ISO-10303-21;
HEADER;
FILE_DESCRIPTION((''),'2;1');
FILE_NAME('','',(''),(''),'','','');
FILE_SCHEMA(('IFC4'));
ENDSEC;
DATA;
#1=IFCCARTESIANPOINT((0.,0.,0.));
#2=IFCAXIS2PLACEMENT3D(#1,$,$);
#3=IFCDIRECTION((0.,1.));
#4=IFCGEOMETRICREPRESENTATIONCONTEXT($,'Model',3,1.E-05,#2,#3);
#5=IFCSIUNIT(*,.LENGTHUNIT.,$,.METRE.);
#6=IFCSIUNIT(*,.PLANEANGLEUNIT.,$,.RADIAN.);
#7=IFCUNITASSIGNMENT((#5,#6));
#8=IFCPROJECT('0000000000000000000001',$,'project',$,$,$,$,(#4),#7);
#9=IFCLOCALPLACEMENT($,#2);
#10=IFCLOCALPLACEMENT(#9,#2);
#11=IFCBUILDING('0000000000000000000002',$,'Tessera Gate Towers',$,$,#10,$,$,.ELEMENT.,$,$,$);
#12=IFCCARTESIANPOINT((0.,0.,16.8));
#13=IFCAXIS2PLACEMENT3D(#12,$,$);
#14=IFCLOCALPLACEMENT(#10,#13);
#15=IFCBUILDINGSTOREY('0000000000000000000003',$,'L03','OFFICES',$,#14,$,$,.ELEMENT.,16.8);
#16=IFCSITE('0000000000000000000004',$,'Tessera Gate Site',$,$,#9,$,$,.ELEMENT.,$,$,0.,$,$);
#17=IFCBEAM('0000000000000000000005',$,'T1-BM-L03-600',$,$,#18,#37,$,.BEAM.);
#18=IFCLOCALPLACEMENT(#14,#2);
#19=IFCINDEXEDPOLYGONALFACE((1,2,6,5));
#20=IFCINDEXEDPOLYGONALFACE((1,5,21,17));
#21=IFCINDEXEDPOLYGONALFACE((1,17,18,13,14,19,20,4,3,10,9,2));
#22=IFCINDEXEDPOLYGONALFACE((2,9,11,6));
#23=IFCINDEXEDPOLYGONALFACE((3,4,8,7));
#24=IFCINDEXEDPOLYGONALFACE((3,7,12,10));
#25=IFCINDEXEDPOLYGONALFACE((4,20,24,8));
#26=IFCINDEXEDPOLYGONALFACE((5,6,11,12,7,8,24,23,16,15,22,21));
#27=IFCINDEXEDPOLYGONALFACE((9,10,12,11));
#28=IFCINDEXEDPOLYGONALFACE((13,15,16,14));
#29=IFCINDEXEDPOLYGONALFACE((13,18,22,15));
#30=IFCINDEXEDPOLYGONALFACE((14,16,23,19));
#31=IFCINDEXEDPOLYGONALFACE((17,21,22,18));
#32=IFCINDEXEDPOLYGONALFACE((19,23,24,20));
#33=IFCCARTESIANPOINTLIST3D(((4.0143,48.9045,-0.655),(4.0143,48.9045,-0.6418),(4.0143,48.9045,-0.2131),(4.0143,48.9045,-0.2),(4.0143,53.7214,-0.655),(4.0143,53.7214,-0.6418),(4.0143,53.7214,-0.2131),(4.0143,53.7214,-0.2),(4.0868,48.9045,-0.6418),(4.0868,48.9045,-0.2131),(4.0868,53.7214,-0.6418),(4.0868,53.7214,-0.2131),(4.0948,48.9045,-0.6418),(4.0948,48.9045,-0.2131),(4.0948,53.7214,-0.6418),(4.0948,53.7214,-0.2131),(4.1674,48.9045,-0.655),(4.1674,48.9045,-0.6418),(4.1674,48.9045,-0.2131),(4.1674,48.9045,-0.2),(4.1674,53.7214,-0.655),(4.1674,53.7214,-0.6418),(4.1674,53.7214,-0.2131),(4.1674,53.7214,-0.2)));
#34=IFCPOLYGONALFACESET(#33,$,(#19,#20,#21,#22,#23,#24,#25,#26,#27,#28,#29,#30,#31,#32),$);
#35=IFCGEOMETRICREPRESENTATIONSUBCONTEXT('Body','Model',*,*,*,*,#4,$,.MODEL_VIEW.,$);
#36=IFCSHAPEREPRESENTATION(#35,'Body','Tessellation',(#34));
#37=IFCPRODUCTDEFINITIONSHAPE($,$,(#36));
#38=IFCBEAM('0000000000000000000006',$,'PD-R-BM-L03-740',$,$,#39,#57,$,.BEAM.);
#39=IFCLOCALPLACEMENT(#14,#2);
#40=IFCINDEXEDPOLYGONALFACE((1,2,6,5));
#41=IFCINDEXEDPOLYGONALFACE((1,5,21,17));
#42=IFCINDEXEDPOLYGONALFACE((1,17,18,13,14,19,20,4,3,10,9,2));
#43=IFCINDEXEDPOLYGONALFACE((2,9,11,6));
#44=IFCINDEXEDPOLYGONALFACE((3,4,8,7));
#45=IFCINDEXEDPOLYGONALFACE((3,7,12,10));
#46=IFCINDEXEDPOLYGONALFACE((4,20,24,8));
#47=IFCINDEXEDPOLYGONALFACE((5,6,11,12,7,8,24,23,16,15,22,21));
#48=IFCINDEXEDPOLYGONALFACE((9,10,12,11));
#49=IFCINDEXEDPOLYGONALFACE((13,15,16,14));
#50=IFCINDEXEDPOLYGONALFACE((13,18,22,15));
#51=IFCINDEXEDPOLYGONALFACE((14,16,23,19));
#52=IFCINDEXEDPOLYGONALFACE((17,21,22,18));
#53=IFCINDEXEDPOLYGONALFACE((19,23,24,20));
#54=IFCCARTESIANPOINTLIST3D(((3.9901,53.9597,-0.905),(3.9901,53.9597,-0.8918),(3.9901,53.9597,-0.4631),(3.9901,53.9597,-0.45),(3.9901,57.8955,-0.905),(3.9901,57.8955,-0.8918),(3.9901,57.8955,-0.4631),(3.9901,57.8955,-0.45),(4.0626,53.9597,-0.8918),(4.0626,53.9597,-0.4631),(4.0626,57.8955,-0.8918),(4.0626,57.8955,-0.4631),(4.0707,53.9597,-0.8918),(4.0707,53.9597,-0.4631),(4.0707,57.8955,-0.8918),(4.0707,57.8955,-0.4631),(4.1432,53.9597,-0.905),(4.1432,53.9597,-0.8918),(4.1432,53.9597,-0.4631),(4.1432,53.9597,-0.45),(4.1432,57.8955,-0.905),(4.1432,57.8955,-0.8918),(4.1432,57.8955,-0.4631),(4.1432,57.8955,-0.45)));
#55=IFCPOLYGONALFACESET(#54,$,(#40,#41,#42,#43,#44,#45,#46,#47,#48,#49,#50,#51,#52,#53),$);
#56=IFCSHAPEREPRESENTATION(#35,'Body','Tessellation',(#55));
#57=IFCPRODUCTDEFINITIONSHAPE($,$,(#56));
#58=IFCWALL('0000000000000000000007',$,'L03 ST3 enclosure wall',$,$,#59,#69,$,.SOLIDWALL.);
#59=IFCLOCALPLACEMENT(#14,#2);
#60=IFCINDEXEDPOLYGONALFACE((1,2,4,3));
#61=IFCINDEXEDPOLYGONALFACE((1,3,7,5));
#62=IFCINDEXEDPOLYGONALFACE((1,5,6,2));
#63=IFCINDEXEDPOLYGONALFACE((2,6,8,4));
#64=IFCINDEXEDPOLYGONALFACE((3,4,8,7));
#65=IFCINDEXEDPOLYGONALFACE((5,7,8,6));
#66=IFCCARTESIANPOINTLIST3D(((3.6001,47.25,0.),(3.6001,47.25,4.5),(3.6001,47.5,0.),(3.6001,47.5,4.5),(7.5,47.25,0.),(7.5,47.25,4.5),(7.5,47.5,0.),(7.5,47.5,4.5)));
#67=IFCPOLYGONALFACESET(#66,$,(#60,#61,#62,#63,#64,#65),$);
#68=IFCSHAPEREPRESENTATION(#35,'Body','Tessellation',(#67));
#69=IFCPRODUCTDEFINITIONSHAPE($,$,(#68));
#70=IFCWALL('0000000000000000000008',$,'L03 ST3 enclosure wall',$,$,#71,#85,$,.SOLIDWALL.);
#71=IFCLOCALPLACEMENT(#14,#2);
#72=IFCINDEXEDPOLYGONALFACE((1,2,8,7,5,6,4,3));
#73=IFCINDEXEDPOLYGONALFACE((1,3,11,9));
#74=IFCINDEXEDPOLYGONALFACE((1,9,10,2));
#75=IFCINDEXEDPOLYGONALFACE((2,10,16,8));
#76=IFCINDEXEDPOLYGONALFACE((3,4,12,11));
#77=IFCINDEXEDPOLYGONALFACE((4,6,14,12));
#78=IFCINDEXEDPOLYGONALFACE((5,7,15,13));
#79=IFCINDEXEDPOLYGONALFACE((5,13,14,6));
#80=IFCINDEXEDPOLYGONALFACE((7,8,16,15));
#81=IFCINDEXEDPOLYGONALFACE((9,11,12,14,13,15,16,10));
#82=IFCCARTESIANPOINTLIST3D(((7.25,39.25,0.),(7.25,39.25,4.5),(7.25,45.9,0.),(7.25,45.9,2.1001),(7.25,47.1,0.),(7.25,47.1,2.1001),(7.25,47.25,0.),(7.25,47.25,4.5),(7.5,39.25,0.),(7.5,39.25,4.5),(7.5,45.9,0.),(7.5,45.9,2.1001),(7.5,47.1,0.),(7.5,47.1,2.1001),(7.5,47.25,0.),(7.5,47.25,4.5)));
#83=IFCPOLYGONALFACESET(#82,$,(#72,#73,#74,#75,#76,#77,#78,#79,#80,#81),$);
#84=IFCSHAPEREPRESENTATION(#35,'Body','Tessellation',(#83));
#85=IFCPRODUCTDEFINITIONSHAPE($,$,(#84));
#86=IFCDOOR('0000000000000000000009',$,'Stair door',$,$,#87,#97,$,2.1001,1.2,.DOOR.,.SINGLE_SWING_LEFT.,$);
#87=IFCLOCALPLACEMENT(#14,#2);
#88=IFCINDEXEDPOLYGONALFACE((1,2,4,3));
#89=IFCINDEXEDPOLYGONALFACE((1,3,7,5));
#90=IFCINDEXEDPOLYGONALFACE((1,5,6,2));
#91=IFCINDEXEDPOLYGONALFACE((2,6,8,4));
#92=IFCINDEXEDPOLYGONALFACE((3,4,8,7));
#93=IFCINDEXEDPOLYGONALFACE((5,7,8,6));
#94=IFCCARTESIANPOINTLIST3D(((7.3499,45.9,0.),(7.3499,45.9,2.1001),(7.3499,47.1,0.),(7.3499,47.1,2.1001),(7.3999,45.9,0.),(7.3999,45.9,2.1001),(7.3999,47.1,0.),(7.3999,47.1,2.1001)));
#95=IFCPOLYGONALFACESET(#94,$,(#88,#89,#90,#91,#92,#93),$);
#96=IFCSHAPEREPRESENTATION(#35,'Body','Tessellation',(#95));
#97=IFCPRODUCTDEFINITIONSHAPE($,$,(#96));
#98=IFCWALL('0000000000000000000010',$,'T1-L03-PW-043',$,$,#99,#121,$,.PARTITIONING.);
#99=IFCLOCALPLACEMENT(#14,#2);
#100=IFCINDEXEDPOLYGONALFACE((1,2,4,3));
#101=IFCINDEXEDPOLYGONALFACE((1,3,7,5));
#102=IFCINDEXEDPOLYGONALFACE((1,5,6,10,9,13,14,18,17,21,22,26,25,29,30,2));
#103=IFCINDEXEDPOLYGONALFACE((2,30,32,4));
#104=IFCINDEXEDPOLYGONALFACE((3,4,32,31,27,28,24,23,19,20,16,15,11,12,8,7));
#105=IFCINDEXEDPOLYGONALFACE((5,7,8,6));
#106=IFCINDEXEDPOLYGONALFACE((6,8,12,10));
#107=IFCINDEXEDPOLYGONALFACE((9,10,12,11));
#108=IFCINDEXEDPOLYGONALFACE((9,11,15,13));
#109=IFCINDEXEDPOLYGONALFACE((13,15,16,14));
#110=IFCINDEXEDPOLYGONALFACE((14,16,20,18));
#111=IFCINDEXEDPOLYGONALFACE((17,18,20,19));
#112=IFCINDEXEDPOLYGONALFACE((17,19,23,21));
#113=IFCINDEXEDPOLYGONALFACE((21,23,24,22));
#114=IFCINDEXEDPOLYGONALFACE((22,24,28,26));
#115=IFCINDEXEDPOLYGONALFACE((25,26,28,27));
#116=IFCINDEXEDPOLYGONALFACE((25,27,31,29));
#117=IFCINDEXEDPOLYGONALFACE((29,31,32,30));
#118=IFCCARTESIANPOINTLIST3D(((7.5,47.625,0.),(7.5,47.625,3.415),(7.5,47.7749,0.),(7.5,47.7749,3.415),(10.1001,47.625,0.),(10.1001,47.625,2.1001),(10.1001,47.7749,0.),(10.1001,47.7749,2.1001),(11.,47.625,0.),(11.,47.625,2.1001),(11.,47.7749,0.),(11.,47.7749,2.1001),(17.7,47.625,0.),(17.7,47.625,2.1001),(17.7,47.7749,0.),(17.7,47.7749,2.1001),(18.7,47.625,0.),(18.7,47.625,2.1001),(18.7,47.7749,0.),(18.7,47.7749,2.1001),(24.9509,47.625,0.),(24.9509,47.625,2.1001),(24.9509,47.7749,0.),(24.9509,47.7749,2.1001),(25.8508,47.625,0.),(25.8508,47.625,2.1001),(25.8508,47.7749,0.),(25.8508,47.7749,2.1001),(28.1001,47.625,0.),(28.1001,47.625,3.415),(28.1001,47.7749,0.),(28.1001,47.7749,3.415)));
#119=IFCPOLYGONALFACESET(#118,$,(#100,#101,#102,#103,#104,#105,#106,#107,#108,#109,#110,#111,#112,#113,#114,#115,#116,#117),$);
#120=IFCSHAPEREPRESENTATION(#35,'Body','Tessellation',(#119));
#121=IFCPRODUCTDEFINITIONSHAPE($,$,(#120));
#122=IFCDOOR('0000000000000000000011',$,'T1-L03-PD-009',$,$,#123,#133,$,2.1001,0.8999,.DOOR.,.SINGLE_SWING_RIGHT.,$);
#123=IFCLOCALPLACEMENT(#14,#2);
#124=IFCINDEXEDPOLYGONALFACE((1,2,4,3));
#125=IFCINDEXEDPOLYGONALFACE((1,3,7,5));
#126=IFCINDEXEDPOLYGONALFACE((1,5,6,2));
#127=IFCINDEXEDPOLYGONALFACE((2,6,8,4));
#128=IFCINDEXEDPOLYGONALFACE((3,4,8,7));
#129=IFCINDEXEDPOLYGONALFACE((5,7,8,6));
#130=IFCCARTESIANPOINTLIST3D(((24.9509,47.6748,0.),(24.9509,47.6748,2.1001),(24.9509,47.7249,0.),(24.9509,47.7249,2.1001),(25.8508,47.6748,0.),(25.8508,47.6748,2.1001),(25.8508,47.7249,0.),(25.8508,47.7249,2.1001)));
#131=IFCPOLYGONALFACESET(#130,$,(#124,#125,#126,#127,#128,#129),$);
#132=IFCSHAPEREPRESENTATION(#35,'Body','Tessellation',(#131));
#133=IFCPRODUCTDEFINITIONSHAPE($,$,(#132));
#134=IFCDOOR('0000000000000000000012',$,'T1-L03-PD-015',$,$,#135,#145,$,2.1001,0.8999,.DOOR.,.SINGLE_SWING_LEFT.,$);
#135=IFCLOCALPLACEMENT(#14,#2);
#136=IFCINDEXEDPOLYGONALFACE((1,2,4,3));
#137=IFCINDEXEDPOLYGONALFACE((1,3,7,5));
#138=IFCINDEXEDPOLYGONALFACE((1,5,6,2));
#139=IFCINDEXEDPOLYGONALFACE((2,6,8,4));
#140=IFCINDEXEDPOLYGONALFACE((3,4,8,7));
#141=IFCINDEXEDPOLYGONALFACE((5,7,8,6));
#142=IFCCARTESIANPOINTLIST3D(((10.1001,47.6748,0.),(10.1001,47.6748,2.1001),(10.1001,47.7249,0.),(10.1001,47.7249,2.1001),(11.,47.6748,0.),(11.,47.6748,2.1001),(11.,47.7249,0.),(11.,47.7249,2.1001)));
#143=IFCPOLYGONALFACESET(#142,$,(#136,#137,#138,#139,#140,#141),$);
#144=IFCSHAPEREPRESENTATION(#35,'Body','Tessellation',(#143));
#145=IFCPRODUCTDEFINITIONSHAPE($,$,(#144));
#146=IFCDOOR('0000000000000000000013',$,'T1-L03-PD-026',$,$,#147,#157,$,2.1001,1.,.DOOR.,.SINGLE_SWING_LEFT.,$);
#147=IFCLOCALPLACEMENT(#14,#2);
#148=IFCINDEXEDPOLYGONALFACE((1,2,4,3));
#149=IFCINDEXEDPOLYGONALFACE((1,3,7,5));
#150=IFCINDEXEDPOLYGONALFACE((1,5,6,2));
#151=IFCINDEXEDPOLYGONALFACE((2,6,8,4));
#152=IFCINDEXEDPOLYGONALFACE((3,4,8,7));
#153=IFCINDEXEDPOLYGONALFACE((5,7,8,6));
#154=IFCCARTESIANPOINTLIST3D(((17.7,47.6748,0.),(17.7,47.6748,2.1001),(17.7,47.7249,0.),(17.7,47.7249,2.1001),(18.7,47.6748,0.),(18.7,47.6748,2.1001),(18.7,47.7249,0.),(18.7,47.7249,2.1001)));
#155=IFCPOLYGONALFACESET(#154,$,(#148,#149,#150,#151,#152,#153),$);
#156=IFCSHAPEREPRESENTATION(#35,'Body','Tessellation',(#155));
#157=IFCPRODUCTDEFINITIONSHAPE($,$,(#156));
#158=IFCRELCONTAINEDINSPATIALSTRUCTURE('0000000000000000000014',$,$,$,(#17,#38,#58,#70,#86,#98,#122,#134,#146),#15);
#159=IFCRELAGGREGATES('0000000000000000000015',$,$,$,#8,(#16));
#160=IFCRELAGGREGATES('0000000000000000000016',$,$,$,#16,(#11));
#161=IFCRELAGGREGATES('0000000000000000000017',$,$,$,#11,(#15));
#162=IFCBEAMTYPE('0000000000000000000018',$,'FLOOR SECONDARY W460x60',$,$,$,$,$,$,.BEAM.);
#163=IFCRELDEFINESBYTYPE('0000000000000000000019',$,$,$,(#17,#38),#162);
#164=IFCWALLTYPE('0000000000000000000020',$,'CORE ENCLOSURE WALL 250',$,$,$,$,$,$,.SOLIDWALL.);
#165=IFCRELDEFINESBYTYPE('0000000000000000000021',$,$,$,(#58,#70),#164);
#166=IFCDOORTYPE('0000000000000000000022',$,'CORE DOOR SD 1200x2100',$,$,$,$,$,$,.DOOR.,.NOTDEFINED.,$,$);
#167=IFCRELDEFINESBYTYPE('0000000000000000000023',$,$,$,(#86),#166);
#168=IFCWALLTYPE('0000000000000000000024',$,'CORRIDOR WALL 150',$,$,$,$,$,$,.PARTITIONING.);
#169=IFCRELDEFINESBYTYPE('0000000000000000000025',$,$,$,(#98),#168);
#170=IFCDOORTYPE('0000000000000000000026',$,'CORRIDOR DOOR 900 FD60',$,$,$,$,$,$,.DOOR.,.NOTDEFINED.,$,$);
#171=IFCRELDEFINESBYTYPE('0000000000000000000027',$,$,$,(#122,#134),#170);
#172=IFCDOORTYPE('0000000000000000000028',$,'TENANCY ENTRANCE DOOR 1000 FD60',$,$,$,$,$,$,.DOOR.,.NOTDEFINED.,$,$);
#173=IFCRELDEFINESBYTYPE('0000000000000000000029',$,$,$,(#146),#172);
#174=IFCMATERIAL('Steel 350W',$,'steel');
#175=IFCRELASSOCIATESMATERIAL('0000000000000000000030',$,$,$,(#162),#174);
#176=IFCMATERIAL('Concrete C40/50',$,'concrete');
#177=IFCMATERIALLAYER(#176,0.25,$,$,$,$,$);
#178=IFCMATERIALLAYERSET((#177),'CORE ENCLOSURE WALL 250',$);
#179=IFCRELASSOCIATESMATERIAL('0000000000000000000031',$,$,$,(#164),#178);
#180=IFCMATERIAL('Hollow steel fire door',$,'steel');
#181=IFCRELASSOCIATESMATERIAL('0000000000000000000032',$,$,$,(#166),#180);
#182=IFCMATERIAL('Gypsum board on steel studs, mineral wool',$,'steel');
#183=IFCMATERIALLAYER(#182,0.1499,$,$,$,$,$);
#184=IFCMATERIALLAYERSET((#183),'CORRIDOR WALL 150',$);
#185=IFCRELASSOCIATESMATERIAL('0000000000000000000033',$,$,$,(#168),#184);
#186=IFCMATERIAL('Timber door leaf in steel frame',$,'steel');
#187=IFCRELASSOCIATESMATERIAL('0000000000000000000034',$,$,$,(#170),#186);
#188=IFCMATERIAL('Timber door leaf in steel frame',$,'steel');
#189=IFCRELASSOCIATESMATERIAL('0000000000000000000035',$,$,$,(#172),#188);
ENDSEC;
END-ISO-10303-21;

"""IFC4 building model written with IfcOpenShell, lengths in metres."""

from ifc_helpers import new_model, si_unit, direction, frame, frame_2d, origin, origin_2d, place, context, subcontext, project, spatial, rectangle, i_section, extrude, source, transform, mapped, material, layer, layer_set, material_profile, profile_set, type_object, element, fill, save


model = new_model("IFC4")

# Units and contexts
model_context = context("Model", 3, precision=1e-05, world=origin(), true_north=direction((0.0, 1.0)))
body_context = subcontext(model_context, "Body", "Model", "MODEL_VIEW")
ifc_project = project(units=[si_unit("LENGTHUNIT", "METRE"), si_unit("PLANEANGLEUNIT", "RADIAN")], contexts=[model_context])

# Site, building, storey
site_placement = place(None, origin())
site = spatial("IfcSite", under=ifc_project, at=site_placement, Name="Tessera Gate Site", CompositionType="ELEMENT", RefElevation=0.0)
building_placement = place(site_placement, origin())
building = spatial("IfcBuilding", under=site, at=building_placement, Name="Tessera Gate Towers", CompositionType="ELEMENT")
storey_placement = place(building_placement, frame((0.0, 0.0, 16.8)))
storey = spatial("IfcBuildingStorey", under=building, at=storey_placement, Name="L03", Description="OFFICES", CompositionType="ELEMENT", Elevation=16.8)

# Beams
ifc_material_1 = material(Name="Steel 350W", Category="steel")
ifc_material_profile_1 = material_profile(ifc_material_1, i_section(OverallWidth=0.1531, OverallDepth=0.4551, WebThickness=0.0081, FlangeThickness=0.0132, at=origin_2d()), Name="W460x60")
ifc_profile_set_1 = profile_set([ifc_material_profile_1], Name="Steel 350W")
beam_type_1 = type_object("IfcBeamType", Name="FLOOR SECONDARY W460x60", PredefinedType="BEAM", material=ifc_profile_set_1)
beam_1_placement = place(storey_placement, frame((4.0908, 48.9045, -0.4275), z_axis=(0.0, 1.0, 0.0), x_axis=(-1.0, 0.0, 0.0)))
element("IfcBeam", 1, at=beam_1_placement, inside=storey, type_object=beam_type_1, Name="T1-BM-L03-600", PredefinedType="BEAM", context=body_context, shape_type="SweptSolid", body=[
    extrude(i_section(OverallWidth=0.1531, OverallDepth=0.4551, WebThickness=0.0081, FlangeThickness=0.0132, at=origin_2d()), origin(), (0.0, 0.0, 1.0), 4.8169),
])
beam_2_placement = place(storey_placement, frame((4.0667, 53.9597, -0.6775), z_axis=(0.0, 1.0, 0.0), x_axis=(-1.0, 0.0, 0.0)))
element("IfcBeam", 2, at=beam_2_placement, inside=storey, type_object=beam_type_1, Name="PD-R-BM-L03-740", PredefinedType="BEAM", context=body_context, shape_type="SweptSolid", body=[
    extrude(i_section(OverallWidth=0.1531, OverallDepth=0.4551, WebThickness=0.0081, FlangeThickness=0.0132, at=origin_2d()), origin(), (0.0, 0.0, 1.0), 3.9358),
])

# Wall
ifc_material_2 = material(Name="Concrete C40/50", Category="concrete")
ifc_layer_1 = layer(ifc_material_2, 0.25)
ifc_layer_set_1 = layer_set([ifc_layer_1], Name="CORE ENCLOSURE WALL 250")
wall_type_1 = type_object("IfcWallType", Name="CORE ENCLOSURE WALL 250", PredefinedType="SOLIDWALL", material=ifc_layer_set_1)
wall_1_placement = place(storey_placement, frame((3.6001, 47.375, 0.0), z_axis=(0.0, 0.0, 1.0), x_axis=(1.0, 0.0, 0.0)))
element("IfcWall", 3, at=wall_1_placement, inside=storey, type_object=wall_type_1, Name="L03 ST3 enclosure wall", PredefinedType="SOLIDWALL", context=body_context, shape_type="SweptSolid", body=[
    extrude(rectangle(XDim=3.8999, YDim=0.25, at=frame_2d((1.95, 0.0))), origin(), (0.0, 0.0, 1.0), 4.5),
])

# Wall, opening, door
wall_2_placement = place(storey_placement, frame((7.375, 47.25, 0.0), z_axis=(0.0, 0.0, 1.0), x_axis=(0.0, -1.0, 0.0)))
wall_2 = element("IfcWall", 4, at=wall_2_placement, inside=storey, type_object=wall_type_1, Name="L03 ST3 enclosure wall", PredefinedType="SOLIDWALL", context=body_context, shape_type="SweptSolid", body=[
    extrude(rectangle(XDim=8.0, YDim=0.25, at=frame_2d((4.0, 0.0))), origin(), (0.0, 0.0, 1.0), 4.5),
])
shared_shape_1 = source(origin(), body_context, "Body", "SweptSolid", [
    extrude(rectangle(XDim=1.2, YDim=2.1001, at=frame_2d((0.6001, 1.05))), frame((0.0, 0.135, 0.0), z_axis=(0.0, -1.0, 0.0), x_axis=(1.0, 0.0, 0.0)), (0.0, 0.0, 1.0), 0.27),
])
opening_1_placement = place(wall_2_placement, frame((0.1499, 0.0, 0.0)))
opening_1 = element("IfcOpeningElement", 5, at=opening_1_placement, cuts=wall_2, PredefinedType="OPENING", context=body_context, shape_type="MappedRepresentation", body=[
    mapped(shared_shape_1, transform((0.0, 0.0, 0.0), scale=1.0)),
])
ifc_material_3 = material(Name="Hollow steel fire door", Category="steel")
door_type_1 = type_object("IfcDoorType", Name="CORE DOOR SD 1200x2100", OperationType="NOTDEFINED", PredefinedType="DOOR", material=ifc_material_3)
shared_shape_2 = source(origin(), body_context, "Body", "SweptSolid", [
    extrude(rectangle(XDim=1.2, YDim=2.1001, at=frame_2d((0.6001, 1.05))), frame((0.0, 0.0249, 0.0), z_axis=(0.0, -1.0, 0.0), x_axis=(1.0, 0.0, 0.0)), (0.0, 0.0, 1.0), 0.05),
])
door_1_placement = place(opening_1_placement, origin())
door_1 = element("IfcDoor", 6, at=door_1_placement, inside=storey, type_object=door_type_1, Name="Stair door", OperationType="SINGLE_SWING_LEFT", OverallHeight=2.1001, OverallWidth=1.2, PredefinedType="DOOR", context=body_context, shape_type="MappedRepresentation", body=[
    mapped(shared_shape_2, transform((0.0, 0.0, 0.0), scale=1.0)),
])
fill(opening_1, door_1)

# Wall, openings, doors
ifc_material_4 = material(Name="Gypsum board on steel studs, mineral wool", Category="steel")
ifc_layer_2 = layer(ifc_material_4, 0.1499)
ifc_layer_set_2 = layer_set([ifc_layer_2], Name="CORRIDOR WALL 150")
wall_type_2 = type_object("IfcWallType", Name="CORRIDOR WALL 150", PredefinedType="PARTITIONING", material=ifc_layer_set_2)
wall_3_placement = place(storey_placement, frame((7.5, 47.7, 0.0), z_axis=(0.0, 0.0, 1.0), x_axis=(1.0, 0.0, 0.0)))
wall_3 = element("IfcWall", 7, at=wall_3_placement, inside=storey, type_object=wall_type_2, Name="T1-L03-PW-043", PredefinedType="PARTITIONING", context=body_context, shape_type="SweptSolid", body=[
    extrude(rectangle(XDim=20.6001, YDim=0.1499, at=frame_2d((10.3, 0.0))), origin(), (0.0, 0.0, 1.0), 3.415),
])
shared_shape_3 = source(origin(), body_context, "Body", "SweptSolid", [
    extrude(rectangle(XDim=0.8999, YDim=2.1001, at=frame_2d((0.45, 1.05))), frame((0.0, 0.085, 0.0), z_axis=(0.0, -1.0, 0.0), x_axis=(1.0, 0.0, 0.0)), (0.0, 0.0, 1.0), 0.1699),
])
opening_2_placement = place(wall_3_placement, frame((17.4509, 0.0, 0.0)))
opening_2 = element("IfcOpeningElement", 8, at=opening_2_placement, cuts=wall_3, PredefinedType="OPENING", context=body_context, shape_type="MappedRepresentation", body=[
    mapped(shared_shape_3, transform((0.0, 0.0, 0.0), scale=1.0)),
])
opening_3_placement = place(wall_3_placement, frame((2.6001, 0.0, 0.0)))
opening_3 = element("IfcOpeningElement", 9, at=opening_3_placement, cuts=wall_3, PredefinedType="OPENING", context=body_context, shape_type="MappedRepresentation", body=[
    mapped(shared_shape_3, transform((0.0, 0.0, 0.0), scale=1.0)),
])
shared_shape_4 = source(origin(), body_context, "Body", "SweptSolid", [
    extrude(rectangle(XDim=1.0, YDim=2.1001, at=frame_2d((0.5, 1.05))), frame((0.0, 0.085, 0.0), z_axis=(0.0, -1.0, 0.0), x_axis=(1.0, 0.0, 0.0)), (0.0, 0.0, 1.0), 0.1699),
])
opening_4_placement = place(wall_3_placement, frame((10.2, 0.0, 0.0)))
opening_4 = element("IfcOpeningElement", 10, at=opening_4_placement, cuts=wall_3, PredefinedType="OPENING", context=body_context, shape_type="MappedRepresentation", body=[
    mapped(shared_shape_4, transform((0.0, 0.0, 0.0), scale=1.0)),
])
ifc_material_5 = material(Name="Timber door leaf in steel frame", Category="steel")
door_type_2 = type_object("IfcDoorType", Name="CORRIDOR DOOR 900 FD60", OperationType="NOTDEFINED", PredefinedType="DOOR", material=ifc_material_5)
shared_shape_5 = source(origin(), body_context, "Body", "SweptSolid", [
    extrude(rectangle(XDim=0.8999, YDim=2.1001, at=frame_2d((0.45, 1.05))), frame((0.0, 0.0249, 0.0), z_axis=(0.0, -1.0, 0.0), x_axis=(1.0, 0.0, 0.0)), (0.0, 0.0, 1.0), 0.05),
])
door_2_placement = place(opening_2_placement, origin())
door_2 = element("IfcDoor", 11, at=door_2_placement, inside=storey, type_object=door_type_2, Name="T1-L03-PD-009", OperationType="SINGLE_SWING_RIGHT", OverallHeight=2.1001, OverallWidth=0.8999, PredefinedType="DOOR", context=body_context, shape_type="MappedRepresentation", body=[
    mapped(shared_shape_5, transform((0.0, 0.0, 0.0), scale=1.0)),
])
fill(opening_2, door_2)
door_3_placement = place(opening_3_placement, origin())
door_3 = element("IfcDoor", 12, at=door_3_placement, inside=storey, type_object=door_type_2, Name="T1-L03-PD-015", OperationType="SINGLE_SWING_LEFT", OverallHeight=2.1001, OverallWidth=0.8999, PredefinedType="DOOR", context=body_context, shape_type="MappedRepresentation", body=[
    mapped(shared_shape_5, transform((0.0, 0.0, 0.0), scale=1.0)),
])
fill(opening_3, door_3)
ifc_material_6 = material(Name="Timber door leaf in steel frame", Category="steel")
door_type_3 = type_object("IfcDoorType", Name="TENANCY ENTRANCE DOOR 1000 FD60", OperationType="NOTDEFINED", PredefinedType="DOOR", material=ifc_material_6)
shared_shape_6 = source(origin(), body_context, "Body", "SweptSolid", [
    extrude(rectangle(XDim=1.0, YDim=2.1001, at=frame_2d((0.5, 1.05))), frame((0.0, 0.0249, 0.0), z_axis=(0.0, -1.0, 0.0), x_axis=(1.0, 0.0, 0.0)), (0.0, 0.0, 1.0), 0.05),
])
door_4_placement = place(opening_4_placement, origin())
door_4 = element("IfcDoor", 13, at=door_4_placement, inside=storey, type_object=door_type_3, Name="T1-L03-PD-026", OperationType="SINGLE_SWING_LEFT", OverallHeight=2.1001, OverallWidth=1.0, PredefinedType="DOOR", context=body_context, shape_type="MappedRepresentation", body=[
    mapped(shared_shape_6, transform((0.0, 0.0, 0.0), scale=1.0)),
])
fill(opening_4, door_4)

save(model, "model.ifc")
